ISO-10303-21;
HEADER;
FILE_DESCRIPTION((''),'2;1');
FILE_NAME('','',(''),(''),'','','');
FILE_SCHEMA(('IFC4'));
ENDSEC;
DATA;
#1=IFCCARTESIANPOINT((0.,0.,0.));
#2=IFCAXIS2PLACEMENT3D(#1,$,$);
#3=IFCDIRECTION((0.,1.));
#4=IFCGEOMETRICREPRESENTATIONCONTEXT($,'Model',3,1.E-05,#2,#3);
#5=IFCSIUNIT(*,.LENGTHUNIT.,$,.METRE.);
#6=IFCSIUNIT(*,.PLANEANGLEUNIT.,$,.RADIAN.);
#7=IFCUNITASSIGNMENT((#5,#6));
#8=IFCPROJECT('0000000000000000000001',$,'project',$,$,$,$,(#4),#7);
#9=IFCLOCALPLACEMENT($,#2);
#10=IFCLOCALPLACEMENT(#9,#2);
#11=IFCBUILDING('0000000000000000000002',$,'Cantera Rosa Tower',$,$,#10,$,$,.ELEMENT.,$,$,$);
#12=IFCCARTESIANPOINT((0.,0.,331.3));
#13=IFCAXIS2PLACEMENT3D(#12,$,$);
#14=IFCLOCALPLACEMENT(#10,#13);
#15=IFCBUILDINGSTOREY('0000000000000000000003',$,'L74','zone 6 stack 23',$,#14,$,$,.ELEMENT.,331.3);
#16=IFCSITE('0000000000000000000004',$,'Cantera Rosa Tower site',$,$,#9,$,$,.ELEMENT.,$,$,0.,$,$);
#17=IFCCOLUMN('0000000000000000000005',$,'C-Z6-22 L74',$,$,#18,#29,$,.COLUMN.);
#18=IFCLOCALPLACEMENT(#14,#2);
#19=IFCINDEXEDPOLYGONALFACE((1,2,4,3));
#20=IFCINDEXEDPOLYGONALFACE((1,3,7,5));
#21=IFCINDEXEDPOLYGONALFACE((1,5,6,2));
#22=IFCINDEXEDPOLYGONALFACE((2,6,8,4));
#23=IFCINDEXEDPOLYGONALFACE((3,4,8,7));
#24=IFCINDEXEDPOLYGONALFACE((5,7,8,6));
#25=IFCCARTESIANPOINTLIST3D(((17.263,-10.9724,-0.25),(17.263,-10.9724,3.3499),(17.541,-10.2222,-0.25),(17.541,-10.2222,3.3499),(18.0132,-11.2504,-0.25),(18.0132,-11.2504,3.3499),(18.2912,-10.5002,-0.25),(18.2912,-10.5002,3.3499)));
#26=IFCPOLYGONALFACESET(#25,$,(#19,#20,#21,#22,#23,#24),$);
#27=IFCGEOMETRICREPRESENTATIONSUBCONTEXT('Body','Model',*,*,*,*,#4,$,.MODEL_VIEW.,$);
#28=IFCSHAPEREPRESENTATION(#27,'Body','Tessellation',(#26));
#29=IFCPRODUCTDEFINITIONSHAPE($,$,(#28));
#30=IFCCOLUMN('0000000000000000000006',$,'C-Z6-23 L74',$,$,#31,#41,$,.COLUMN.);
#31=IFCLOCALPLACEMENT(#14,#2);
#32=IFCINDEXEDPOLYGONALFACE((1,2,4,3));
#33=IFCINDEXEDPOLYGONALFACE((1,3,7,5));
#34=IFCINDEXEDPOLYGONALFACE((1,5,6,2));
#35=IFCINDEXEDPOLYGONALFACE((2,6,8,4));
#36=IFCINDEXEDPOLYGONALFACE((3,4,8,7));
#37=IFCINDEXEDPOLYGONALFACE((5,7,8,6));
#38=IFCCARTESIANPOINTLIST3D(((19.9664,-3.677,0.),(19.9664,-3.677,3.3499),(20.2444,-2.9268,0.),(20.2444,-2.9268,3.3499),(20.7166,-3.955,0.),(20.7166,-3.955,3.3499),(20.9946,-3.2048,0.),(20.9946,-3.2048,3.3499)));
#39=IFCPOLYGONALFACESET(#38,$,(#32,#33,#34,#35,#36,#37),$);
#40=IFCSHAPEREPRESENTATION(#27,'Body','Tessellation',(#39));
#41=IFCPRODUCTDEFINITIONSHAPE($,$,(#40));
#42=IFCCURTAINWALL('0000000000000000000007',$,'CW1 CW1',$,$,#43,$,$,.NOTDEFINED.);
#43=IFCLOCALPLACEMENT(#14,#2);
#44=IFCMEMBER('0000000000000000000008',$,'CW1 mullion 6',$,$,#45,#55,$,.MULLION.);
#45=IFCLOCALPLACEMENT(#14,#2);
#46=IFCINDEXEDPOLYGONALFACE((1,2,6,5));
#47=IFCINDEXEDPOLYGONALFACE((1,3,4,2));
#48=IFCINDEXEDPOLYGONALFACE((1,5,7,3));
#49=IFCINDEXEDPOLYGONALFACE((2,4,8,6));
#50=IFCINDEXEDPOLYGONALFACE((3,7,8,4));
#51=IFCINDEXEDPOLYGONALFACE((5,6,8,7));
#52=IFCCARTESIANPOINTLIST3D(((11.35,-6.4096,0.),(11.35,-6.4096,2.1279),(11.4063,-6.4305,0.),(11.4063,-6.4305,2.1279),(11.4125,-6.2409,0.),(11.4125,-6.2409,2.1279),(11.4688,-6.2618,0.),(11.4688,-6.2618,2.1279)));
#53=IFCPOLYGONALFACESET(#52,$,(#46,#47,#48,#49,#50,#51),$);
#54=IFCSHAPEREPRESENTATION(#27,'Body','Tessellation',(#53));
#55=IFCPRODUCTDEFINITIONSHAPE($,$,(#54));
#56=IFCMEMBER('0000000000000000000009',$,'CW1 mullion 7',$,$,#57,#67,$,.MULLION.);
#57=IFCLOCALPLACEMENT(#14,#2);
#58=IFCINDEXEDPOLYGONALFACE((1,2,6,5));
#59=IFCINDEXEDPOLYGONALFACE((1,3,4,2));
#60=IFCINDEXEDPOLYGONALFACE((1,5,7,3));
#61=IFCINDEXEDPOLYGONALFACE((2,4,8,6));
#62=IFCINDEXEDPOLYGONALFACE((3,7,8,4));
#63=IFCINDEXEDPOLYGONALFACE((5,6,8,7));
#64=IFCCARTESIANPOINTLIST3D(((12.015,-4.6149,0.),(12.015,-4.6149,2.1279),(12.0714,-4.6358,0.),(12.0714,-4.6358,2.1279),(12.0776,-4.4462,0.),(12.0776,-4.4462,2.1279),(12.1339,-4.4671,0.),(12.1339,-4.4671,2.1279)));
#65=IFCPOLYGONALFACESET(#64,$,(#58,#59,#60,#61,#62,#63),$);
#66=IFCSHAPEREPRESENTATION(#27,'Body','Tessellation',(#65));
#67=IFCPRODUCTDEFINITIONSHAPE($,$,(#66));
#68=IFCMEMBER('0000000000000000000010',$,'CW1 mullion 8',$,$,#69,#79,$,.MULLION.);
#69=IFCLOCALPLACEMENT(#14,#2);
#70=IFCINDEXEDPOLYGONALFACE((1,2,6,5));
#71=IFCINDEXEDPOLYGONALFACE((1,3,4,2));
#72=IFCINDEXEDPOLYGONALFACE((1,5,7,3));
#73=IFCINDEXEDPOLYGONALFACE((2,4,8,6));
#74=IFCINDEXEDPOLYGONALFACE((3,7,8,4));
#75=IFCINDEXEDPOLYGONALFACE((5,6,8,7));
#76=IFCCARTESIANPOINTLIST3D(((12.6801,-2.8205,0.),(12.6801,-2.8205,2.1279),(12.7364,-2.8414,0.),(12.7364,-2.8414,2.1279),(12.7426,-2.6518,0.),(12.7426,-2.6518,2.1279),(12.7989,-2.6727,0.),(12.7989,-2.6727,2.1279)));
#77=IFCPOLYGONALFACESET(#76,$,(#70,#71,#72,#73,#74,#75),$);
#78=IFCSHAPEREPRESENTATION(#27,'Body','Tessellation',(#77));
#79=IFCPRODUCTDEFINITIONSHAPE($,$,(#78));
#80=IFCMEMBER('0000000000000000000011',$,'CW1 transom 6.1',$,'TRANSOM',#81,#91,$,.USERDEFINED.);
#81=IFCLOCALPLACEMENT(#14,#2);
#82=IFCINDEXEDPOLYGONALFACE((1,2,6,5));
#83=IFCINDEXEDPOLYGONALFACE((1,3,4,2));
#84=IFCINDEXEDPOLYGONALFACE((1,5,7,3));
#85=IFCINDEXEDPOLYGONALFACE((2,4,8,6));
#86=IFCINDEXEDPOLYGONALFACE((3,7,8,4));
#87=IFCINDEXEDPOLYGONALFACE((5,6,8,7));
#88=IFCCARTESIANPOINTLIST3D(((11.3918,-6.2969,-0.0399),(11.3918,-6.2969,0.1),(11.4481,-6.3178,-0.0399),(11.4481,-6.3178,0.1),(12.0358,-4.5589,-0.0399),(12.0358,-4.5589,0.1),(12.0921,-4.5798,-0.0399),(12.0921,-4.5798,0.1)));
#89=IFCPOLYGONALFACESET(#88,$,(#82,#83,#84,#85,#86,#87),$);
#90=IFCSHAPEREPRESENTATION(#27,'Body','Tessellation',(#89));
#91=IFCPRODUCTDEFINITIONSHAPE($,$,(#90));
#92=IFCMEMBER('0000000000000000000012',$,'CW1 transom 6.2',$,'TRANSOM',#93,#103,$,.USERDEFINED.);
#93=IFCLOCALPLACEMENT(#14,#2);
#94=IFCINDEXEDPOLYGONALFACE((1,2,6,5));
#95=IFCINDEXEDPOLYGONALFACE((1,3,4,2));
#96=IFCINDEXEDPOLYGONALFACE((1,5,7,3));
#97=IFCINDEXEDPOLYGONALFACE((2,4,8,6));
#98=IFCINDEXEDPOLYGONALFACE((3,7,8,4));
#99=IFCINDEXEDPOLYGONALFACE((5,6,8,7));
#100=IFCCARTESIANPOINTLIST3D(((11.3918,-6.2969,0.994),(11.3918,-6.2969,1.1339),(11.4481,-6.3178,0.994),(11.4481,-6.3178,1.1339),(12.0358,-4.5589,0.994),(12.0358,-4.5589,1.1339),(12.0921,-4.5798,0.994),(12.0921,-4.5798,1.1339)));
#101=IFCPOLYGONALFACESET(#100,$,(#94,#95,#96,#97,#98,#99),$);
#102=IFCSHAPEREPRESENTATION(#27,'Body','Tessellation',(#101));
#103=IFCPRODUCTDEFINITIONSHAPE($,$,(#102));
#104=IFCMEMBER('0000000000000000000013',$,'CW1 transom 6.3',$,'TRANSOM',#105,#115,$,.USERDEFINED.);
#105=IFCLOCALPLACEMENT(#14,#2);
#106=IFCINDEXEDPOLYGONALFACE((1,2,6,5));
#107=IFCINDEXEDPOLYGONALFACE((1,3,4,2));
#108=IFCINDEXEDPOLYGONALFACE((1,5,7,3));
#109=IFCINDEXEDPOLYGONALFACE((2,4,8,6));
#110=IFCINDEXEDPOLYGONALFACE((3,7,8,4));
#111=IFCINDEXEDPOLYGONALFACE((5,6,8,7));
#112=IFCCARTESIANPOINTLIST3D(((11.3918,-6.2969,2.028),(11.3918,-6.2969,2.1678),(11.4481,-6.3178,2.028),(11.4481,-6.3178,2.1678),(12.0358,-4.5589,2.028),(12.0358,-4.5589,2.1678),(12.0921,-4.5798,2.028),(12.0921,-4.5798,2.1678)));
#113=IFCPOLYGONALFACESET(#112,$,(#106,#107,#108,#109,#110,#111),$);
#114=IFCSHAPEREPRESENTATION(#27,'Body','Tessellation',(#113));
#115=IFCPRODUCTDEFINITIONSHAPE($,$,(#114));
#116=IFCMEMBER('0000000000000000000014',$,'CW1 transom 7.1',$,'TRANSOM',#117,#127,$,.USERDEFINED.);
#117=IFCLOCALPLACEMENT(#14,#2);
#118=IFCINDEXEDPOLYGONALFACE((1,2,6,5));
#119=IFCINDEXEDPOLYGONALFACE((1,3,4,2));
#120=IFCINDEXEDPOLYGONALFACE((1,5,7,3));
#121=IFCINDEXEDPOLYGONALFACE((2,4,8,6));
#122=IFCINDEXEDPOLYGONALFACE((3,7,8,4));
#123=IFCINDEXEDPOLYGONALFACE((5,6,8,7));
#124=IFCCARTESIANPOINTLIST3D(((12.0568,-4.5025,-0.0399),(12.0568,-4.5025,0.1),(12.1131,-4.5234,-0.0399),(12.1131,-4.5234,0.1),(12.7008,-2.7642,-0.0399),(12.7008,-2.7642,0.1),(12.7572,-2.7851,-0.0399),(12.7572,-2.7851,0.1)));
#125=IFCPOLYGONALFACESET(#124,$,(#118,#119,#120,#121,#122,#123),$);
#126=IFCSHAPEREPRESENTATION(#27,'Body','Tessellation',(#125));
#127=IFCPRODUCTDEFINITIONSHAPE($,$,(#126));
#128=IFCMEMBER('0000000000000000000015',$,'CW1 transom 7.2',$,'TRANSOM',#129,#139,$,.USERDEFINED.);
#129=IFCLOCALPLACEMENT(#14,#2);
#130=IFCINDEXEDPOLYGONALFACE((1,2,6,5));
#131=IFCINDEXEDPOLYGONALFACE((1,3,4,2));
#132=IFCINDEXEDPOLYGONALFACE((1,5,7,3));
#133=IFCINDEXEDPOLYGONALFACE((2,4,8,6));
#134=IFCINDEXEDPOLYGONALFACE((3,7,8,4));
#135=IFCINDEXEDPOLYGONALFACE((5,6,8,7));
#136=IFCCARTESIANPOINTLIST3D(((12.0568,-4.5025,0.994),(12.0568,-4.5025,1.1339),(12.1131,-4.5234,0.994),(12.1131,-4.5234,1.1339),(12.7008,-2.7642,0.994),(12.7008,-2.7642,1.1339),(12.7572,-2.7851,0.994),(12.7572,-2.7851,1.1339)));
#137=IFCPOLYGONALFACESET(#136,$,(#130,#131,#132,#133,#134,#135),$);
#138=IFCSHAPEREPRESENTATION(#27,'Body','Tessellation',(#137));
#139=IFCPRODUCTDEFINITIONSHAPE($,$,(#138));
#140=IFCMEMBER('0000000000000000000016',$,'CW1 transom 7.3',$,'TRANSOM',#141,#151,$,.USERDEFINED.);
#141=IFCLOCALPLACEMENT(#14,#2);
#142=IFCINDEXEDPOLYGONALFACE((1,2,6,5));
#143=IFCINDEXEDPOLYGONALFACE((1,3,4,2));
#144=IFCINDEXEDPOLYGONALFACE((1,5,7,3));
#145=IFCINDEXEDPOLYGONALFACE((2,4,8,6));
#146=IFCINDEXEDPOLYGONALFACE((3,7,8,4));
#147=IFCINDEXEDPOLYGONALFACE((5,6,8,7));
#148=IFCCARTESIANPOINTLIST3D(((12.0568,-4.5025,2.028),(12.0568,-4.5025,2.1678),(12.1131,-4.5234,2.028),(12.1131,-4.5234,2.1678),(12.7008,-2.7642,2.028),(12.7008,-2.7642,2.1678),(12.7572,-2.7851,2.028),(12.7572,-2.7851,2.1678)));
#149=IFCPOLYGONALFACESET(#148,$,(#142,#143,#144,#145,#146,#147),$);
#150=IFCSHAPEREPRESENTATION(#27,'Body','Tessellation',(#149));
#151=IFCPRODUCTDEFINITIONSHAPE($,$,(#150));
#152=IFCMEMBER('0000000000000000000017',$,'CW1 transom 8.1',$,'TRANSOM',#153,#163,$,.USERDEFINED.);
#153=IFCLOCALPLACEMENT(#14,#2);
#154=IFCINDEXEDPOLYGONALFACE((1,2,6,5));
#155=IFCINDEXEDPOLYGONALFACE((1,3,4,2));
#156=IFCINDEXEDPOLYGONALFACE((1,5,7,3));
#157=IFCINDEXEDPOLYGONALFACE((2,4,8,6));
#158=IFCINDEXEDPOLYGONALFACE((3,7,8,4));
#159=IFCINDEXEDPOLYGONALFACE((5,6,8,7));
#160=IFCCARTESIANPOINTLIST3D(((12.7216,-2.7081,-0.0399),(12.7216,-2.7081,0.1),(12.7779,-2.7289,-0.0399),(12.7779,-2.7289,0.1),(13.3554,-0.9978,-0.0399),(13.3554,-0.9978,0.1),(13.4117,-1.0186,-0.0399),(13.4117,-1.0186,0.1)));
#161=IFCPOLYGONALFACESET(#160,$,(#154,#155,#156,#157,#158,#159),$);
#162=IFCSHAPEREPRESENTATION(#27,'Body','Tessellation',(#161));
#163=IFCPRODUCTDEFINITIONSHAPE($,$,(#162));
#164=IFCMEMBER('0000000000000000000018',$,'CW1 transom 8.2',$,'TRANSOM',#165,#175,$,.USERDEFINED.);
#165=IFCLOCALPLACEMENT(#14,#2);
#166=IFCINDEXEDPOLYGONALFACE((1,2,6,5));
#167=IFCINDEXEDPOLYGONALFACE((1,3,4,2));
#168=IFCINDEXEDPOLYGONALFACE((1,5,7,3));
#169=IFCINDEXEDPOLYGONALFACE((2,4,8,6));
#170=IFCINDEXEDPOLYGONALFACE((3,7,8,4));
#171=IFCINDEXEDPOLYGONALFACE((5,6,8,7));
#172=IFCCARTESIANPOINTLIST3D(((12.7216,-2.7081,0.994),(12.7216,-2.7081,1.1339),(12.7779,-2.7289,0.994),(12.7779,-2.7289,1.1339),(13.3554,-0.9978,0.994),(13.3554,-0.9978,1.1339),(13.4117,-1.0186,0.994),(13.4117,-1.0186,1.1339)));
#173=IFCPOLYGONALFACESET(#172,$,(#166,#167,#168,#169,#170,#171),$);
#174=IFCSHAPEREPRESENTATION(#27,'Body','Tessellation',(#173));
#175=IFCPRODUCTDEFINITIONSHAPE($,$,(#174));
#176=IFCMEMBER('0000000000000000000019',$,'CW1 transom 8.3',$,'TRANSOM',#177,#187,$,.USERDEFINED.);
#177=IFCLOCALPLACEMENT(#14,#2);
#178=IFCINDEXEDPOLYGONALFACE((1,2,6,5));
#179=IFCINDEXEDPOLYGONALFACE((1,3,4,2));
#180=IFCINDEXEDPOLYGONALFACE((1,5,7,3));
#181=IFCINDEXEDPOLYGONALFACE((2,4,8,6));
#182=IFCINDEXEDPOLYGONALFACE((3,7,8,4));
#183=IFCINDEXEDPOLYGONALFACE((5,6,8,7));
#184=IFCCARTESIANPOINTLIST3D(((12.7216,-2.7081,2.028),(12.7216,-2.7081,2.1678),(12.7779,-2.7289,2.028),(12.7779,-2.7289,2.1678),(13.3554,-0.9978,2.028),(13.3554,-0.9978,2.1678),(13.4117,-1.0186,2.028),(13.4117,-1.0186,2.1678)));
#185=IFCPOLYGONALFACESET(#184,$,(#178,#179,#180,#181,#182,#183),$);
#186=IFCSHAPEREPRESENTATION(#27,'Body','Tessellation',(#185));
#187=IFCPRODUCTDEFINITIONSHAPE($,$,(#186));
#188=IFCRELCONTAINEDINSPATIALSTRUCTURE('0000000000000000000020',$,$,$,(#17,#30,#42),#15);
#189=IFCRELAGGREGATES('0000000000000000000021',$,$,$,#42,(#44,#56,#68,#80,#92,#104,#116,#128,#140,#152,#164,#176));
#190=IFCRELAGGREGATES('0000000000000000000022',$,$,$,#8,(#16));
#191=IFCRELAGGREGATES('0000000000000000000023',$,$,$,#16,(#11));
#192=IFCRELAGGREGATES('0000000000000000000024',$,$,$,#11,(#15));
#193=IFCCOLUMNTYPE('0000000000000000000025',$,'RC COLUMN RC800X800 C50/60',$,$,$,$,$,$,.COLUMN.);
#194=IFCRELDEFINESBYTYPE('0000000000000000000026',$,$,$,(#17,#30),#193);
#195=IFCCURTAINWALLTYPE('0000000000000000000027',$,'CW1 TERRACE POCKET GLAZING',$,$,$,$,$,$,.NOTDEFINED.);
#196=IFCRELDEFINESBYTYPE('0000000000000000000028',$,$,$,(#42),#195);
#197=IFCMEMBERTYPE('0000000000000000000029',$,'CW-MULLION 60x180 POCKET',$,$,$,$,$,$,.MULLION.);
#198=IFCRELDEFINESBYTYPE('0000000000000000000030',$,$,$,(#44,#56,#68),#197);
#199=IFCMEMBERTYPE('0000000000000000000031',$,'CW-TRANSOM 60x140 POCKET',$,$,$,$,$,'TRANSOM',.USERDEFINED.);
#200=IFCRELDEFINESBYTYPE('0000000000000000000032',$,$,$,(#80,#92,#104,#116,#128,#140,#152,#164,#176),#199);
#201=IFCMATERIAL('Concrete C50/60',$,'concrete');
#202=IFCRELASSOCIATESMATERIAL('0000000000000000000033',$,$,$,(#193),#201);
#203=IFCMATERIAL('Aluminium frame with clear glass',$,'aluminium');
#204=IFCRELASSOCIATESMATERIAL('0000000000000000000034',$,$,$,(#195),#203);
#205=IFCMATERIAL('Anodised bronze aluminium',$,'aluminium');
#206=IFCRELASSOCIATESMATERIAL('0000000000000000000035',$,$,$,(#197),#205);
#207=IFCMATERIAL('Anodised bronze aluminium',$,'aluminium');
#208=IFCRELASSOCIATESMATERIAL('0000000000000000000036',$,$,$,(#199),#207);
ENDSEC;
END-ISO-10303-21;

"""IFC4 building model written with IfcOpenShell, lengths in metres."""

from ifc_helpers import new_model, si_unit, direction, frame, origin, origin_2d, place, context, subcontext, project, spatial, rectangle, extrude, material, material_profile, profile_set, type_object, element, aggregate, save


model = new_model("IFC4")

# Units and contexts
model_context = context("Model", 3, precision=1e-05, world=origin(), true_north=direction((0.0, 1.0)))
body_context = subcontext(model_context, "Body", "Model", "MODEL_VIEW")
ifc_project = project(units=[si_unit("LENGTHUNIT", "METRE"), si_unit("PLANEANGLEUNIT", "RADIAN")], contexts=[model_context])

# Site, building, storey
site_placement = place(None, origin())
site = spatial("IfcSite", under=ifc_project, at=site_placement, Name="Cantera Rosa Tower site", CompositionType="ELEMENT", RefElevation=0.0)
building_placement = place(site_placement, origin())
building = spatial("IfcBuilding", under=site, at=building_placement, Name="Cantera Rosa Tower", CompositionType="ELEMENT")
storey_placement = place(building_placement, frame((0.0, 0.0, 331.3)))
storey = spatial("IfcBuildingStorey", under=building, at=storey_placement, Name="L74", Description="zone 6 stack 23", CompositionType="ELEMENT", Elevation=331.3)

# Columns
ifc_material_1 = material(Name="Concrete C50/60", Category="concrete")
ifc_material_profile_1 = material_profile(ifc_material_1, rectangle(XDim=0.8, YDim=0.8, at=origin_2d()), Name="RC COLUMN RC800X800 C50/60")
ifc_profile_set_1 = profile_set([ifc_material_profile_1], Name="Concrete C50/60")
column_type = type_object("IfcColumnType", Name="RC COLUMN RC800X800 C50/60", PredefinedType="COLUMN", material=ifc_profile_set_1)
column_1_placement = place(storey_placement, frame((17.7771, -10.7363, -0.25), z_axis=(0.0, 0.0, 1.0), x_axis=(0.347481, 0.937687, 0.0)))
element("IfcColumn", 1, at=column_1_placement, inside=storey, type_object=column_type, Name="C-Z6-22 L74", PredefinedType="COLUMN", context=body_context, shape_type="SweptSolid", body=[
    extrude(rectangle(XDim=0.8, YDim=0.8, at=origin_2d()), origin(), (0.0, 0.0, 1.0), 3.5999),
])
column_2_placement = place(storey_placement, frame((20.4805, -3.4409, 0.0), z_axis=(0.0, 0.0, 1.0), x_axis=(0.347481, 0.937687, 0.0)))
element("IfcColumn", 2, at=column_2_placement, inside=storey, type_object=column_type, Name="C-Z6-23 L74", PredefinedType="COLUMN", context=body_context, shape_type="SweptSolid", body=[
    extrude(rectangle(XDim=0.8, YDim=0.8, at=origin_2d()), origin(), (0.0, 0.0, 1.0), 3.3499),
])

# Curtain wall, members
ifc_material_2 = material(Name="Aluminium frame with clear glass", Category="aluminium")
curtain_wall_type = type_object("IfcCurtainWallType", Name="CW1 TERRACE POCKET GLAZING", PredefinedType="NOTDEFINED", material=ifc_material_2)
curtain_wall_placement = place(storey_placement, origin())
curtain_wall = element("IfcCurtainWall", 3, at=curtain_wall_placement, inside=storey, type_object=curtain_wall_type, Name="CW1 CW1", PredefinedType="NOTDEFINED")
ifc_material_3 = material(Name="Anodised bronze aluminium", Category="aluminium")
ifc_material_profile_2 = material_profile(ifc_material_3, rectangle(XDim=0.0601, YDim=0.1799, at=origin_2d()), Name="CW-MULLION 60x180 POCKET")
ifc_profile_set_2 = profile_set([ifc_material_profile_2], Name="Anodised bronze aluminium")
member_type_1 = type_object("IfcMemberType", Name="CW-MULLION 60x180 POCKET", PredefinedType="MULLION", material=ifc_profile_set_2)
member_1_placement = place(storey_placement, frame((11.4094, -6.3357, 0.0), z_axis=(0.0, 0.0, 1.0), x_axis=(-0.937687, 0.347481, 0.0)))
member_1 = element("IfcMember", 4, at=member_1_placement, type_object=member_type_1, Name="CW1 mullion 6", PredefinedType="MULLION", context=body_context, shape_type="SweptSolid", body=[
    extrude(rectangle(XDim=0.0601, YDim=0.1799, at=origin_2d()), origin(), (0.0, 0.0, 1.0), 2.1279),
])
member_2_placement = place(storey_placement, frame((12.0745, -4.541, 0.0), z_axis=(0.0, 0.0, 1.0), x_axis=(-0.937687, 0.347481, 0.0)))
member_2 = element("IfcMember", 5, at=member_2_placement, type_object=member_type_1, Name="CW1 mullion 7", PredefinedType="MULLION", context=body_context, shape_type="SweptSolid", body=[
    extrude(rectangle(XDim=0.0601, YDim=0.1799, at=origin_2d()), origin(), (0.0, 0.0, 1.0), 2.1279),
])
member_3_placement = place(storey_placement, frame((12.7395, -2.7466, 0.0), z_axis=(0.0, 0.0, 1.0), x_axis=(-0.937687, 0.347481, 0.0)))
member_3 = element("IfcMember", 6, at=member_3_placement, type_object=member_type_1, Name="CW1 mullion 8", PredefinedType="MULLION", context=body_context, shape_type="SweptSolid", body=[
    extrude(rectangle(XDim=0.0601, YDim=0.1799, at=origin_2d()), origin(), (0.0, 0.0, 1.0), 2.1279),
])
ifc_material_4 = material(Name="Anodised bronze aluminium", Category="aluminium")
ifc_material_profile_3 = material_profile(ifc_material_4, rectangle(XDim=0.0601, YDim=0.1399, at=origin_2d()), Name="CW-TRANSOM 60x140 POCKET")
ifc_profile_set_3 = profile_set([ifc_material_profile_3], Name="Anodised bronze aluminium")
member_type_2 = type_object("IfcMemberType", Name="CW-TRANSOM 60x140 POCKET", ElementType="TRANSOM", PredefinedType="USERDEFINED", material=ifc_profile_set_3)
member_4_placement = place(storey_placement, frame((11.4199, -6.3074, 0.03), z_axis=(0.347469, 0.937692, 0.0), x_axis=(-0.937692, 0.347469, 0.0)))
member_4 = element("IfcMember", 7, at=member_4_placement, type_object=member_type_2, Name="CW1 transom 6.1", ObjectType="TRANSOM", PredefinedType="USERDEFINED", context=body_context, shape_type="SweptSolid", body=[
    extrude(rectangle(XDim=0.0601, YDim=0.1399, at=origin_2d()), origin(), (0.0, 0.0, 1.0), 1.8535),
])
member_5_placement = place(storey_placement, frame((11.4199, -6.3074, 1.064), z_axis=(0.347469, 0.937692, 0.0), x_axis=(-0.937692, 0.347469, 0.0)))
member_5 = element("IfcMember", 8, at=member_5_placement, type_object=member_type_2, Name="CW1 transom 6.2", ObjectType="TRANSOM", PredefinedType="USERDEFINED", context=body_context, shape_type="SweptSolid", body=[
    extrude(rectangle(XDim=0.0601, YDim=0.1399, at=origin_2d()), origin(), (0.0, 0.0, 1.0), 1.8535),
])
member_6_placement = place(storey_placement, frame((11.4199, -6.3074, 2.0979), z_axis=(0.347469, 0.937692, 0.0), x_axis=(-0.937692, 0.347469, 0.0)))
member_6 = element("IfcMember", 9, at=member_6_placement, type_object=member_type_2, Name="CW1 transom 6.3", ObjectType="TRANSOM", PredefinedType="USERDEFINED", context=body_context, shape_type="SweptSolid", body=[
    extrude(rectangle(XDim=0.0601, YDim=0.1399, at=origin_2d()), origin(), (0.0, 0.0, 1.0), 1.8535),
])
member_7_placement = place(storey_placement, frame((12.085, -4.5129, 0.03), z_axis=(0.347426, 0.937707, 0.0), x_axis=(-0.937707, 0.347426, 0.0)))
member_7 = element("IfcMember", 10, at=member_7_placement, type_object=member_type_2, Name="CW1 transom 7.1", ObjectType="TRANSOM", PredefinedType="USERDEFINED", context=body_context, shape_type="SweptSolid", body=[
    extrude(rectangle(XDim=0.0601, YDim=0.1399, at=origin_2d()), origin(), (0.0, 0.0, 1.0), 1.8538),
])
member_8_placement = place(storey_placement, frame((12.085, -4.5129, 1.064), z_axis=(0.347426, 0.937707, 0.0), x_axis=(-0.937707, 0.347426, 0.0)))
member_8 = element("IfcMember", 11, at=member_8_placement, type_object=member_type_2, Name="CW1 transom 7.2", ObjectType="TRANSOM", PredefinedType="USERDEFINED", context=body_context, shape_type="SweptSolid", body=[
    extrude(rectangle(XDim=0.0601, YDim=0.1399, at=origin_2d()), origin(), (0.0, 0.0, 1.0), 1.8538),
])
member_9_placement = place(storey_placement, frame((12.085, -4.5129, 2.0979), z_axis=(0.347426, 0.937707, 0.0), x_axis=(-0.937707, 0.347426, 0.0)))
member_9 = element("IfcMember", 12, at=member_9_placement, type_object=member_type_2, Name="CW1 transom 7.3", ObjectType="TRANSOM", PredefinedType="USERDEFINED", context=body_context, shape_type="SweptSolid", body=[
    extrude(rectangle(XDim=0.0601, YDim=0.1399, at=origin_2d()), origin(), (0.0, 0.0, 1.0), 1.8538),
])
member_10_placement = place(storey_placement, frame((12.7498, -2.7185, 0.03), z_axis=(0.347497, 0.937681, 0.0), x_axis=(-0.937681, 0.347497, 0.0)))
member_10 = element("IfcMember", 13, at=member_10_placement, type_object=member_type_2, Name="CW1 transom 8.1", ObjectType="TRANSOM", PredefinedType="USERDEFINED", context=body_context, shape_type="SweptSolid", body=[
    extrude(rectangle(XDim=0.0601, YDim=0.1399, at=origin_2d()), origin(), (0.0, 0.0, 1.0), 1.824),
])
member_11_placement = place(storey_placement, frame((12.7498, -2.7185, 1.064), z_axis=(0.347497, 0.937681, 0.0), x_axis=(-0.937681, 0.347497, 0.0)))
member_11 = element("IfcMember", 14, at=member_11_placement, type_object=member_type_2, Name="CW1 transom 8.2", ObjectType="TRANSOM", PredefinedType="USERDEFINED", context=body_context, shape_type="SweptSolid", body=[
    extrude(rectangle(XDim=0.0601, YDim=0.1399, at=origin_2d()), origin(), (0.0, 0.0, 1.0), 1.824),
])
member_12_placement = place(storey_placement, frame((12.7498, -2.7185, 2.0979), z_axis=(0.347497, 0.937681, 0.0), x_axis=(-0.937681, 0.347497, 0.0)))
member_12 = element("IfcMember", 15, at=member_12_placement, type_object=member_type_2, Name="CW1 transom 8.3", ObjectType="TRANSOM", PredefinedType="USERDEFINED", context=body_context, shape_type="SweptSolid", body=[
    extrude(rectangle(XDim=0.0601, YDim=0.1399, at=origin_2d()), origin(), (0.0, 0.0, 1.0), 1.824),
])

aggregate(curtain_wall, [member_1, member_2, member_3, member_4, member_5, member_6, member_7, member_8, member_9, member_10, member_11, member_12])

save(model, "model.ifc")
